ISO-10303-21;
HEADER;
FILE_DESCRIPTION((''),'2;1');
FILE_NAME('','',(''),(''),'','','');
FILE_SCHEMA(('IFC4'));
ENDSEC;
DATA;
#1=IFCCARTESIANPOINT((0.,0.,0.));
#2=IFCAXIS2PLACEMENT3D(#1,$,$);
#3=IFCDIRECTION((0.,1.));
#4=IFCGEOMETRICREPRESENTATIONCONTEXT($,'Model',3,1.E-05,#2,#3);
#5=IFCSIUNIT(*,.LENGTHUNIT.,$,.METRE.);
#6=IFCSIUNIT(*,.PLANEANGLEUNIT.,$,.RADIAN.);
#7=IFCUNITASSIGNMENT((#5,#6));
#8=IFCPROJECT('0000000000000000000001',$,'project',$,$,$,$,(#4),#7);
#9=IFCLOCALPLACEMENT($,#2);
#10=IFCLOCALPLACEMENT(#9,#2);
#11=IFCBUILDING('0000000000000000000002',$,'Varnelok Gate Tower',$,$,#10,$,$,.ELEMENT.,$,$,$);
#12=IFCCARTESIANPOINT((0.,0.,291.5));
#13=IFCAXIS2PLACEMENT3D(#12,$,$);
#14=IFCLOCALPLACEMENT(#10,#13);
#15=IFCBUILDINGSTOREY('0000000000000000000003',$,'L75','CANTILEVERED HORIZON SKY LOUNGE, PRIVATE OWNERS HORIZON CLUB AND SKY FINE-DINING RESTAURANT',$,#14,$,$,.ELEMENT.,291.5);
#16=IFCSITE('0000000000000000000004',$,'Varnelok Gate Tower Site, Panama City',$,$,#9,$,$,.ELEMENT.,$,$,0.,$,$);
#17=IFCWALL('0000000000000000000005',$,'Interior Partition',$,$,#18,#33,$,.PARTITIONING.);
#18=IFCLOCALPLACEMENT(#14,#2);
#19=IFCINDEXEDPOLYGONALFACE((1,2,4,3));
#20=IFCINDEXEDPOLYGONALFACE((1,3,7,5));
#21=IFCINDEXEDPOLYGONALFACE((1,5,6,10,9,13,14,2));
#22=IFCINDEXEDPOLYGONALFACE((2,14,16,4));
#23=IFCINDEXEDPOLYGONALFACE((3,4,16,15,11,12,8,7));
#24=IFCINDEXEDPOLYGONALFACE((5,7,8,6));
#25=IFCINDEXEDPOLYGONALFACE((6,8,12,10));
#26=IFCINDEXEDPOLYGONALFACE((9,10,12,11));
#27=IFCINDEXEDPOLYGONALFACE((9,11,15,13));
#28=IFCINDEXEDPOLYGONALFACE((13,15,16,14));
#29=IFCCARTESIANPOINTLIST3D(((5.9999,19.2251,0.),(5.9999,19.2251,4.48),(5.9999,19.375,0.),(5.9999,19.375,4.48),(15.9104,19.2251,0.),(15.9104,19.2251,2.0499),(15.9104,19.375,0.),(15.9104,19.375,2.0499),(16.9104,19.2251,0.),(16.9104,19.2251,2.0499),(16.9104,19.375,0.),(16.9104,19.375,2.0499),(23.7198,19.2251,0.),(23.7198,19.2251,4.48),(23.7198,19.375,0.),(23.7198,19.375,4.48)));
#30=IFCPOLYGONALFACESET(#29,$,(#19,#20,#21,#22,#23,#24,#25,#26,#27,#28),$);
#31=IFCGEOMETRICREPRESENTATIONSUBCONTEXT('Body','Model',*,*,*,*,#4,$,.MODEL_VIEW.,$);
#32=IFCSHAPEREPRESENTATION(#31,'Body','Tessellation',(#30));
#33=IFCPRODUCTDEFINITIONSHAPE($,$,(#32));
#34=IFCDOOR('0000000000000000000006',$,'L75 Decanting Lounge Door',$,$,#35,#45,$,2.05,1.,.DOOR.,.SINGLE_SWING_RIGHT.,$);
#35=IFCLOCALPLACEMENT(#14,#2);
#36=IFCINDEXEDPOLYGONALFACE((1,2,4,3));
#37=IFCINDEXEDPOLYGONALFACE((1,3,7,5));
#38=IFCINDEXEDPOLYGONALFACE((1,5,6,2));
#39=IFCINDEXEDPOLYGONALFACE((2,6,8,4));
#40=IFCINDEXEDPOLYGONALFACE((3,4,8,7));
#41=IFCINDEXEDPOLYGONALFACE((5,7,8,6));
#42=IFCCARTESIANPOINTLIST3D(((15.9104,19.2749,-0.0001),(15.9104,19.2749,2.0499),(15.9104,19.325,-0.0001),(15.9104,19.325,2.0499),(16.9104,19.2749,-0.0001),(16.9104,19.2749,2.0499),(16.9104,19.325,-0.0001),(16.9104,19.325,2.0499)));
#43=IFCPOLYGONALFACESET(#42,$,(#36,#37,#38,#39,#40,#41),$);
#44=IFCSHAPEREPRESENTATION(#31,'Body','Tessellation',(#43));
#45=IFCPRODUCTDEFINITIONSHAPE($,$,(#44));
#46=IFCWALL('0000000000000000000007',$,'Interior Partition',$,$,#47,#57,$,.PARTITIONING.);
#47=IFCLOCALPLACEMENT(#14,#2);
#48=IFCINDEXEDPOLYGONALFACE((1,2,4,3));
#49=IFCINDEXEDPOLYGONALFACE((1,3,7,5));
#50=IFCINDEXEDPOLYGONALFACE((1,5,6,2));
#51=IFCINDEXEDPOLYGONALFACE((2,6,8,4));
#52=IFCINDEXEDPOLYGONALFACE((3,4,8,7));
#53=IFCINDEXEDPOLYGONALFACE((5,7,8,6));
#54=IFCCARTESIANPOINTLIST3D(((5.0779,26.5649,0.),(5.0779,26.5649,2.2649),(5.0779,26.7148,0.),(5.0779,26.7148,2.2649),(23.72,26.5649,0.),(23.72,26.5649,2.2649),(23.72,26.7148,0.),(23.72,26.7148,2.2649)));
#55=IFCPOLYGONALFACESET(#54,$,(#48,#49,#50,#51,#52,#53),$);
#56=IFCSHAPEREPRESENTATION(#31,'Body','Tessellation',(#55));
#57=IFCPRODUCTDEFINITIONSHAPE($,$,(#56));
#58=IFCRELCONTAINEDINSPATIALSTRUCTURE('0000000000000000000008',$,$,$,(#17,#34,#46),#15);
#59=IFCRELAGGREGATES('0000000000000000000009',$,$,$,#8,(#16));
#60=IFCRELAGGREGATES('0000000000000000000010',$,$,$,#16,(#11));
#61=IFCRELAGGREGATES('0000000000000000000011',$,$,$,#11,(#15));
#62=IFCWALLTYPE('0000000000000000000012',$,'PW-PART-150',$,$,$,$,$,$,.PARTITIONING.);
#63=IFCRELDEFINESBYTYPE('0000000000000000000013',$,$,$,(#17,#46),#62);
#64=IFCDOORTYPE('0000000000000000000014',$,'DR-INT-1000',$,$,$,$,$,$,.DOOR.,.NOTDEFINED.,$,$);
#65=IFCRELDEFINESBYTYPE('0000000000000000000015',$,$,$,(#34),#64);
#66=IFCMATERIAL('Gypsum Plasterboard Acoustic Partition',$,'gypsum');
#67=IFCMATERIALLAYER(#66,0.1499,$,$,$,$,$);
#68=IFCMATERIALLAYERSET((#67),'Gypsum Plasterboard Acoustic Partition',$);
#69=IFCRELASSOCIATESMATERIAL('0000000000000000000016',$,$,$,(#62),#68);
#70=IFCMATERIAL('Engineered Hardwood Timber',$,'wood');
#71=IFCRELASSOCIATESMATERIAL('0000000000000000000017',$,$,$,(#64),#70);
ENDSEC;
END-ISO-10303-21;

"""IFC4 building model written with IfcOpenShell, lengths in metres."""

from ifc_helpers import new_model, si_unit, direction, frame, frame_2d, origin, place, context, subcontext, project, spatial, rectangle, extrude, material, layer, layer_set, type_object, element, fill, save


model = new_model("IFC4")

# Units and contexts
model_context = context("Model", 3, precision=1e-05, world=origin(), true_north=direction((0.0, 1.0)))
body_context = subcontext(model_context, "Body", "Model", "MODEL_VIEW")
ifc_project = project(units=[si_unit("LENGTHUNIT", "METRE"), si_unit("PLANEANGLEUNIT", "RADIAN")], contexts=[model_context])

# Site, building, storey
site_placement = place(None, origin())
site = spatial("IfcSite", under=ifc_project, at=site_placement, Name="Varnelok Gate Tower Site, Panama City", CompositionType="ELEMENT", RefElevation=0.0)
building_placement = place(site_placement, origin())
building = spatial("IfcBuilding", under=site, at=building_placement, Name="Varnelok Gate Tower", CompositionType="ELEMENT")
storey_placement = place(building_placement, frame((0.0, 0.0, 291.5)))
storey = spatial("IfcBuildingStorey", under=building, at=storey_placement, Name="L75", Description="CANTILEVERED HORIZON SKY LOUNGE, PRIVATE OWNERS HORIZON CLUB AND SKY FINE-DINING RESTAURANT", CompositionType="ELEMENT", Elevation=291.5)

# Wall, opening, door
ifc_material_1 = material(Name="Gypsum Plasterboard Acoustic Partition", Category="gypsum")
ifc_layer_1 = layer(ifc_material_1, 0.1499)
ifc_layer_set_1 = layer_set([ifc_layer_1], Name="Gypsum Plasterboard Acoustic Partition")
wall_type_1 = type_object("IfcWallType", Name="PW-PART-150", PredefinedType="PARTITIONING", material=ifc_layer_set_1)
wall_1_placement = place(storey_placement, frame((6.0, 19.3, 0.0), z_axis=(0.0, 0.0, 1.0), x_axis=(1.0, 0.0, 0.0)))
wall_1 = element("IfcWall", 1, at=wall_1_placement, inside=storey, type_object=wall_type_1, Name="Interior Partition", PredefinedType="PARTITIONING", context=body_context, shape_type="SweptSolid", body=[
    extrude(rectangle(XDim=17.72, YDim=0.1499, at=frame_2d((8.8599, 0.0))), origin(), (0.0, 0.0, 1.0), 4.48),
])
opening_placement = place(wall_1_placement, frame((9.9104, 0.0, 0.0)))
opening = element("IfcOpeningElement", 2, at=opening_placement, cuts=wall_1, PredefinedType="OPENING", context=body_context, shape_type="SweptSolid", body=[
    extrude(rectangle(XDim=1.0, YDim=2.05, at=frame_2d((0.5, 1.0249))), frame((0.0, 0.085, 0.0), z_axis=(0.0, -1.0, 0.0), x_axis=(1.0, 0.0, 0.0)), (0.0, 0.0, 1.0), 0.1699),
])
ifc_material_2 = material(Name="Engineered Hardwood Timber", Category="wood")
door_type = type_object("IfcDoorType", Name="DR-INT-1000", OperationType="NOTDEFINED", PredefinedType="DOOR", material=ifc_material_2)
door_placement = place(opening_placement, origin())
door = element("IfcDoor", 3, at=door_placement, inside=storey, type_object=door_type, Name="L75 Decanting Lounge Door", OperationType="SINGLE_SWING_RIGHT", OverallHeight=2.05, OverallWidth=1.0, PredefinedType="DOOR", context=body_context, shape_type="SweptSolid", body=[
    extrude(rectangle(XDim=1.0, YDim=2.05, at=frame_2d((0.5, 1.0249))), frame((0.0, 0.0249, 0.0), z_axis=(0.0, -1.0, 0.0), x_axis=(1.0, 0.0, 0.0)), (0.0, 0.0, 1.0), 0.05),
])
fill(opening, door)

# Wall
wall_2_placement = place(storey_placement, frame((5.0779, 26.6399, 0.0), z_axis=(0.0, 0.0, 1.0), x_axis=(1.0, 0.0, 0.0)))
element("IfcWall", 4, at=wall_2_placement, inside=storey, type_object=wall_type_1, Name="Interior Partition", PredefinedType="PARTITIONING", context=body_context, shape_type="SweptSolid", body=[
    extrude(rectangle(XDim=18.6421, YDim=0.1499, at=frame_2d((9.321, 0.0))), origin(), (0.0, 0.0, 1.0), 2.2649),
])

save(model, "model.ifc")
